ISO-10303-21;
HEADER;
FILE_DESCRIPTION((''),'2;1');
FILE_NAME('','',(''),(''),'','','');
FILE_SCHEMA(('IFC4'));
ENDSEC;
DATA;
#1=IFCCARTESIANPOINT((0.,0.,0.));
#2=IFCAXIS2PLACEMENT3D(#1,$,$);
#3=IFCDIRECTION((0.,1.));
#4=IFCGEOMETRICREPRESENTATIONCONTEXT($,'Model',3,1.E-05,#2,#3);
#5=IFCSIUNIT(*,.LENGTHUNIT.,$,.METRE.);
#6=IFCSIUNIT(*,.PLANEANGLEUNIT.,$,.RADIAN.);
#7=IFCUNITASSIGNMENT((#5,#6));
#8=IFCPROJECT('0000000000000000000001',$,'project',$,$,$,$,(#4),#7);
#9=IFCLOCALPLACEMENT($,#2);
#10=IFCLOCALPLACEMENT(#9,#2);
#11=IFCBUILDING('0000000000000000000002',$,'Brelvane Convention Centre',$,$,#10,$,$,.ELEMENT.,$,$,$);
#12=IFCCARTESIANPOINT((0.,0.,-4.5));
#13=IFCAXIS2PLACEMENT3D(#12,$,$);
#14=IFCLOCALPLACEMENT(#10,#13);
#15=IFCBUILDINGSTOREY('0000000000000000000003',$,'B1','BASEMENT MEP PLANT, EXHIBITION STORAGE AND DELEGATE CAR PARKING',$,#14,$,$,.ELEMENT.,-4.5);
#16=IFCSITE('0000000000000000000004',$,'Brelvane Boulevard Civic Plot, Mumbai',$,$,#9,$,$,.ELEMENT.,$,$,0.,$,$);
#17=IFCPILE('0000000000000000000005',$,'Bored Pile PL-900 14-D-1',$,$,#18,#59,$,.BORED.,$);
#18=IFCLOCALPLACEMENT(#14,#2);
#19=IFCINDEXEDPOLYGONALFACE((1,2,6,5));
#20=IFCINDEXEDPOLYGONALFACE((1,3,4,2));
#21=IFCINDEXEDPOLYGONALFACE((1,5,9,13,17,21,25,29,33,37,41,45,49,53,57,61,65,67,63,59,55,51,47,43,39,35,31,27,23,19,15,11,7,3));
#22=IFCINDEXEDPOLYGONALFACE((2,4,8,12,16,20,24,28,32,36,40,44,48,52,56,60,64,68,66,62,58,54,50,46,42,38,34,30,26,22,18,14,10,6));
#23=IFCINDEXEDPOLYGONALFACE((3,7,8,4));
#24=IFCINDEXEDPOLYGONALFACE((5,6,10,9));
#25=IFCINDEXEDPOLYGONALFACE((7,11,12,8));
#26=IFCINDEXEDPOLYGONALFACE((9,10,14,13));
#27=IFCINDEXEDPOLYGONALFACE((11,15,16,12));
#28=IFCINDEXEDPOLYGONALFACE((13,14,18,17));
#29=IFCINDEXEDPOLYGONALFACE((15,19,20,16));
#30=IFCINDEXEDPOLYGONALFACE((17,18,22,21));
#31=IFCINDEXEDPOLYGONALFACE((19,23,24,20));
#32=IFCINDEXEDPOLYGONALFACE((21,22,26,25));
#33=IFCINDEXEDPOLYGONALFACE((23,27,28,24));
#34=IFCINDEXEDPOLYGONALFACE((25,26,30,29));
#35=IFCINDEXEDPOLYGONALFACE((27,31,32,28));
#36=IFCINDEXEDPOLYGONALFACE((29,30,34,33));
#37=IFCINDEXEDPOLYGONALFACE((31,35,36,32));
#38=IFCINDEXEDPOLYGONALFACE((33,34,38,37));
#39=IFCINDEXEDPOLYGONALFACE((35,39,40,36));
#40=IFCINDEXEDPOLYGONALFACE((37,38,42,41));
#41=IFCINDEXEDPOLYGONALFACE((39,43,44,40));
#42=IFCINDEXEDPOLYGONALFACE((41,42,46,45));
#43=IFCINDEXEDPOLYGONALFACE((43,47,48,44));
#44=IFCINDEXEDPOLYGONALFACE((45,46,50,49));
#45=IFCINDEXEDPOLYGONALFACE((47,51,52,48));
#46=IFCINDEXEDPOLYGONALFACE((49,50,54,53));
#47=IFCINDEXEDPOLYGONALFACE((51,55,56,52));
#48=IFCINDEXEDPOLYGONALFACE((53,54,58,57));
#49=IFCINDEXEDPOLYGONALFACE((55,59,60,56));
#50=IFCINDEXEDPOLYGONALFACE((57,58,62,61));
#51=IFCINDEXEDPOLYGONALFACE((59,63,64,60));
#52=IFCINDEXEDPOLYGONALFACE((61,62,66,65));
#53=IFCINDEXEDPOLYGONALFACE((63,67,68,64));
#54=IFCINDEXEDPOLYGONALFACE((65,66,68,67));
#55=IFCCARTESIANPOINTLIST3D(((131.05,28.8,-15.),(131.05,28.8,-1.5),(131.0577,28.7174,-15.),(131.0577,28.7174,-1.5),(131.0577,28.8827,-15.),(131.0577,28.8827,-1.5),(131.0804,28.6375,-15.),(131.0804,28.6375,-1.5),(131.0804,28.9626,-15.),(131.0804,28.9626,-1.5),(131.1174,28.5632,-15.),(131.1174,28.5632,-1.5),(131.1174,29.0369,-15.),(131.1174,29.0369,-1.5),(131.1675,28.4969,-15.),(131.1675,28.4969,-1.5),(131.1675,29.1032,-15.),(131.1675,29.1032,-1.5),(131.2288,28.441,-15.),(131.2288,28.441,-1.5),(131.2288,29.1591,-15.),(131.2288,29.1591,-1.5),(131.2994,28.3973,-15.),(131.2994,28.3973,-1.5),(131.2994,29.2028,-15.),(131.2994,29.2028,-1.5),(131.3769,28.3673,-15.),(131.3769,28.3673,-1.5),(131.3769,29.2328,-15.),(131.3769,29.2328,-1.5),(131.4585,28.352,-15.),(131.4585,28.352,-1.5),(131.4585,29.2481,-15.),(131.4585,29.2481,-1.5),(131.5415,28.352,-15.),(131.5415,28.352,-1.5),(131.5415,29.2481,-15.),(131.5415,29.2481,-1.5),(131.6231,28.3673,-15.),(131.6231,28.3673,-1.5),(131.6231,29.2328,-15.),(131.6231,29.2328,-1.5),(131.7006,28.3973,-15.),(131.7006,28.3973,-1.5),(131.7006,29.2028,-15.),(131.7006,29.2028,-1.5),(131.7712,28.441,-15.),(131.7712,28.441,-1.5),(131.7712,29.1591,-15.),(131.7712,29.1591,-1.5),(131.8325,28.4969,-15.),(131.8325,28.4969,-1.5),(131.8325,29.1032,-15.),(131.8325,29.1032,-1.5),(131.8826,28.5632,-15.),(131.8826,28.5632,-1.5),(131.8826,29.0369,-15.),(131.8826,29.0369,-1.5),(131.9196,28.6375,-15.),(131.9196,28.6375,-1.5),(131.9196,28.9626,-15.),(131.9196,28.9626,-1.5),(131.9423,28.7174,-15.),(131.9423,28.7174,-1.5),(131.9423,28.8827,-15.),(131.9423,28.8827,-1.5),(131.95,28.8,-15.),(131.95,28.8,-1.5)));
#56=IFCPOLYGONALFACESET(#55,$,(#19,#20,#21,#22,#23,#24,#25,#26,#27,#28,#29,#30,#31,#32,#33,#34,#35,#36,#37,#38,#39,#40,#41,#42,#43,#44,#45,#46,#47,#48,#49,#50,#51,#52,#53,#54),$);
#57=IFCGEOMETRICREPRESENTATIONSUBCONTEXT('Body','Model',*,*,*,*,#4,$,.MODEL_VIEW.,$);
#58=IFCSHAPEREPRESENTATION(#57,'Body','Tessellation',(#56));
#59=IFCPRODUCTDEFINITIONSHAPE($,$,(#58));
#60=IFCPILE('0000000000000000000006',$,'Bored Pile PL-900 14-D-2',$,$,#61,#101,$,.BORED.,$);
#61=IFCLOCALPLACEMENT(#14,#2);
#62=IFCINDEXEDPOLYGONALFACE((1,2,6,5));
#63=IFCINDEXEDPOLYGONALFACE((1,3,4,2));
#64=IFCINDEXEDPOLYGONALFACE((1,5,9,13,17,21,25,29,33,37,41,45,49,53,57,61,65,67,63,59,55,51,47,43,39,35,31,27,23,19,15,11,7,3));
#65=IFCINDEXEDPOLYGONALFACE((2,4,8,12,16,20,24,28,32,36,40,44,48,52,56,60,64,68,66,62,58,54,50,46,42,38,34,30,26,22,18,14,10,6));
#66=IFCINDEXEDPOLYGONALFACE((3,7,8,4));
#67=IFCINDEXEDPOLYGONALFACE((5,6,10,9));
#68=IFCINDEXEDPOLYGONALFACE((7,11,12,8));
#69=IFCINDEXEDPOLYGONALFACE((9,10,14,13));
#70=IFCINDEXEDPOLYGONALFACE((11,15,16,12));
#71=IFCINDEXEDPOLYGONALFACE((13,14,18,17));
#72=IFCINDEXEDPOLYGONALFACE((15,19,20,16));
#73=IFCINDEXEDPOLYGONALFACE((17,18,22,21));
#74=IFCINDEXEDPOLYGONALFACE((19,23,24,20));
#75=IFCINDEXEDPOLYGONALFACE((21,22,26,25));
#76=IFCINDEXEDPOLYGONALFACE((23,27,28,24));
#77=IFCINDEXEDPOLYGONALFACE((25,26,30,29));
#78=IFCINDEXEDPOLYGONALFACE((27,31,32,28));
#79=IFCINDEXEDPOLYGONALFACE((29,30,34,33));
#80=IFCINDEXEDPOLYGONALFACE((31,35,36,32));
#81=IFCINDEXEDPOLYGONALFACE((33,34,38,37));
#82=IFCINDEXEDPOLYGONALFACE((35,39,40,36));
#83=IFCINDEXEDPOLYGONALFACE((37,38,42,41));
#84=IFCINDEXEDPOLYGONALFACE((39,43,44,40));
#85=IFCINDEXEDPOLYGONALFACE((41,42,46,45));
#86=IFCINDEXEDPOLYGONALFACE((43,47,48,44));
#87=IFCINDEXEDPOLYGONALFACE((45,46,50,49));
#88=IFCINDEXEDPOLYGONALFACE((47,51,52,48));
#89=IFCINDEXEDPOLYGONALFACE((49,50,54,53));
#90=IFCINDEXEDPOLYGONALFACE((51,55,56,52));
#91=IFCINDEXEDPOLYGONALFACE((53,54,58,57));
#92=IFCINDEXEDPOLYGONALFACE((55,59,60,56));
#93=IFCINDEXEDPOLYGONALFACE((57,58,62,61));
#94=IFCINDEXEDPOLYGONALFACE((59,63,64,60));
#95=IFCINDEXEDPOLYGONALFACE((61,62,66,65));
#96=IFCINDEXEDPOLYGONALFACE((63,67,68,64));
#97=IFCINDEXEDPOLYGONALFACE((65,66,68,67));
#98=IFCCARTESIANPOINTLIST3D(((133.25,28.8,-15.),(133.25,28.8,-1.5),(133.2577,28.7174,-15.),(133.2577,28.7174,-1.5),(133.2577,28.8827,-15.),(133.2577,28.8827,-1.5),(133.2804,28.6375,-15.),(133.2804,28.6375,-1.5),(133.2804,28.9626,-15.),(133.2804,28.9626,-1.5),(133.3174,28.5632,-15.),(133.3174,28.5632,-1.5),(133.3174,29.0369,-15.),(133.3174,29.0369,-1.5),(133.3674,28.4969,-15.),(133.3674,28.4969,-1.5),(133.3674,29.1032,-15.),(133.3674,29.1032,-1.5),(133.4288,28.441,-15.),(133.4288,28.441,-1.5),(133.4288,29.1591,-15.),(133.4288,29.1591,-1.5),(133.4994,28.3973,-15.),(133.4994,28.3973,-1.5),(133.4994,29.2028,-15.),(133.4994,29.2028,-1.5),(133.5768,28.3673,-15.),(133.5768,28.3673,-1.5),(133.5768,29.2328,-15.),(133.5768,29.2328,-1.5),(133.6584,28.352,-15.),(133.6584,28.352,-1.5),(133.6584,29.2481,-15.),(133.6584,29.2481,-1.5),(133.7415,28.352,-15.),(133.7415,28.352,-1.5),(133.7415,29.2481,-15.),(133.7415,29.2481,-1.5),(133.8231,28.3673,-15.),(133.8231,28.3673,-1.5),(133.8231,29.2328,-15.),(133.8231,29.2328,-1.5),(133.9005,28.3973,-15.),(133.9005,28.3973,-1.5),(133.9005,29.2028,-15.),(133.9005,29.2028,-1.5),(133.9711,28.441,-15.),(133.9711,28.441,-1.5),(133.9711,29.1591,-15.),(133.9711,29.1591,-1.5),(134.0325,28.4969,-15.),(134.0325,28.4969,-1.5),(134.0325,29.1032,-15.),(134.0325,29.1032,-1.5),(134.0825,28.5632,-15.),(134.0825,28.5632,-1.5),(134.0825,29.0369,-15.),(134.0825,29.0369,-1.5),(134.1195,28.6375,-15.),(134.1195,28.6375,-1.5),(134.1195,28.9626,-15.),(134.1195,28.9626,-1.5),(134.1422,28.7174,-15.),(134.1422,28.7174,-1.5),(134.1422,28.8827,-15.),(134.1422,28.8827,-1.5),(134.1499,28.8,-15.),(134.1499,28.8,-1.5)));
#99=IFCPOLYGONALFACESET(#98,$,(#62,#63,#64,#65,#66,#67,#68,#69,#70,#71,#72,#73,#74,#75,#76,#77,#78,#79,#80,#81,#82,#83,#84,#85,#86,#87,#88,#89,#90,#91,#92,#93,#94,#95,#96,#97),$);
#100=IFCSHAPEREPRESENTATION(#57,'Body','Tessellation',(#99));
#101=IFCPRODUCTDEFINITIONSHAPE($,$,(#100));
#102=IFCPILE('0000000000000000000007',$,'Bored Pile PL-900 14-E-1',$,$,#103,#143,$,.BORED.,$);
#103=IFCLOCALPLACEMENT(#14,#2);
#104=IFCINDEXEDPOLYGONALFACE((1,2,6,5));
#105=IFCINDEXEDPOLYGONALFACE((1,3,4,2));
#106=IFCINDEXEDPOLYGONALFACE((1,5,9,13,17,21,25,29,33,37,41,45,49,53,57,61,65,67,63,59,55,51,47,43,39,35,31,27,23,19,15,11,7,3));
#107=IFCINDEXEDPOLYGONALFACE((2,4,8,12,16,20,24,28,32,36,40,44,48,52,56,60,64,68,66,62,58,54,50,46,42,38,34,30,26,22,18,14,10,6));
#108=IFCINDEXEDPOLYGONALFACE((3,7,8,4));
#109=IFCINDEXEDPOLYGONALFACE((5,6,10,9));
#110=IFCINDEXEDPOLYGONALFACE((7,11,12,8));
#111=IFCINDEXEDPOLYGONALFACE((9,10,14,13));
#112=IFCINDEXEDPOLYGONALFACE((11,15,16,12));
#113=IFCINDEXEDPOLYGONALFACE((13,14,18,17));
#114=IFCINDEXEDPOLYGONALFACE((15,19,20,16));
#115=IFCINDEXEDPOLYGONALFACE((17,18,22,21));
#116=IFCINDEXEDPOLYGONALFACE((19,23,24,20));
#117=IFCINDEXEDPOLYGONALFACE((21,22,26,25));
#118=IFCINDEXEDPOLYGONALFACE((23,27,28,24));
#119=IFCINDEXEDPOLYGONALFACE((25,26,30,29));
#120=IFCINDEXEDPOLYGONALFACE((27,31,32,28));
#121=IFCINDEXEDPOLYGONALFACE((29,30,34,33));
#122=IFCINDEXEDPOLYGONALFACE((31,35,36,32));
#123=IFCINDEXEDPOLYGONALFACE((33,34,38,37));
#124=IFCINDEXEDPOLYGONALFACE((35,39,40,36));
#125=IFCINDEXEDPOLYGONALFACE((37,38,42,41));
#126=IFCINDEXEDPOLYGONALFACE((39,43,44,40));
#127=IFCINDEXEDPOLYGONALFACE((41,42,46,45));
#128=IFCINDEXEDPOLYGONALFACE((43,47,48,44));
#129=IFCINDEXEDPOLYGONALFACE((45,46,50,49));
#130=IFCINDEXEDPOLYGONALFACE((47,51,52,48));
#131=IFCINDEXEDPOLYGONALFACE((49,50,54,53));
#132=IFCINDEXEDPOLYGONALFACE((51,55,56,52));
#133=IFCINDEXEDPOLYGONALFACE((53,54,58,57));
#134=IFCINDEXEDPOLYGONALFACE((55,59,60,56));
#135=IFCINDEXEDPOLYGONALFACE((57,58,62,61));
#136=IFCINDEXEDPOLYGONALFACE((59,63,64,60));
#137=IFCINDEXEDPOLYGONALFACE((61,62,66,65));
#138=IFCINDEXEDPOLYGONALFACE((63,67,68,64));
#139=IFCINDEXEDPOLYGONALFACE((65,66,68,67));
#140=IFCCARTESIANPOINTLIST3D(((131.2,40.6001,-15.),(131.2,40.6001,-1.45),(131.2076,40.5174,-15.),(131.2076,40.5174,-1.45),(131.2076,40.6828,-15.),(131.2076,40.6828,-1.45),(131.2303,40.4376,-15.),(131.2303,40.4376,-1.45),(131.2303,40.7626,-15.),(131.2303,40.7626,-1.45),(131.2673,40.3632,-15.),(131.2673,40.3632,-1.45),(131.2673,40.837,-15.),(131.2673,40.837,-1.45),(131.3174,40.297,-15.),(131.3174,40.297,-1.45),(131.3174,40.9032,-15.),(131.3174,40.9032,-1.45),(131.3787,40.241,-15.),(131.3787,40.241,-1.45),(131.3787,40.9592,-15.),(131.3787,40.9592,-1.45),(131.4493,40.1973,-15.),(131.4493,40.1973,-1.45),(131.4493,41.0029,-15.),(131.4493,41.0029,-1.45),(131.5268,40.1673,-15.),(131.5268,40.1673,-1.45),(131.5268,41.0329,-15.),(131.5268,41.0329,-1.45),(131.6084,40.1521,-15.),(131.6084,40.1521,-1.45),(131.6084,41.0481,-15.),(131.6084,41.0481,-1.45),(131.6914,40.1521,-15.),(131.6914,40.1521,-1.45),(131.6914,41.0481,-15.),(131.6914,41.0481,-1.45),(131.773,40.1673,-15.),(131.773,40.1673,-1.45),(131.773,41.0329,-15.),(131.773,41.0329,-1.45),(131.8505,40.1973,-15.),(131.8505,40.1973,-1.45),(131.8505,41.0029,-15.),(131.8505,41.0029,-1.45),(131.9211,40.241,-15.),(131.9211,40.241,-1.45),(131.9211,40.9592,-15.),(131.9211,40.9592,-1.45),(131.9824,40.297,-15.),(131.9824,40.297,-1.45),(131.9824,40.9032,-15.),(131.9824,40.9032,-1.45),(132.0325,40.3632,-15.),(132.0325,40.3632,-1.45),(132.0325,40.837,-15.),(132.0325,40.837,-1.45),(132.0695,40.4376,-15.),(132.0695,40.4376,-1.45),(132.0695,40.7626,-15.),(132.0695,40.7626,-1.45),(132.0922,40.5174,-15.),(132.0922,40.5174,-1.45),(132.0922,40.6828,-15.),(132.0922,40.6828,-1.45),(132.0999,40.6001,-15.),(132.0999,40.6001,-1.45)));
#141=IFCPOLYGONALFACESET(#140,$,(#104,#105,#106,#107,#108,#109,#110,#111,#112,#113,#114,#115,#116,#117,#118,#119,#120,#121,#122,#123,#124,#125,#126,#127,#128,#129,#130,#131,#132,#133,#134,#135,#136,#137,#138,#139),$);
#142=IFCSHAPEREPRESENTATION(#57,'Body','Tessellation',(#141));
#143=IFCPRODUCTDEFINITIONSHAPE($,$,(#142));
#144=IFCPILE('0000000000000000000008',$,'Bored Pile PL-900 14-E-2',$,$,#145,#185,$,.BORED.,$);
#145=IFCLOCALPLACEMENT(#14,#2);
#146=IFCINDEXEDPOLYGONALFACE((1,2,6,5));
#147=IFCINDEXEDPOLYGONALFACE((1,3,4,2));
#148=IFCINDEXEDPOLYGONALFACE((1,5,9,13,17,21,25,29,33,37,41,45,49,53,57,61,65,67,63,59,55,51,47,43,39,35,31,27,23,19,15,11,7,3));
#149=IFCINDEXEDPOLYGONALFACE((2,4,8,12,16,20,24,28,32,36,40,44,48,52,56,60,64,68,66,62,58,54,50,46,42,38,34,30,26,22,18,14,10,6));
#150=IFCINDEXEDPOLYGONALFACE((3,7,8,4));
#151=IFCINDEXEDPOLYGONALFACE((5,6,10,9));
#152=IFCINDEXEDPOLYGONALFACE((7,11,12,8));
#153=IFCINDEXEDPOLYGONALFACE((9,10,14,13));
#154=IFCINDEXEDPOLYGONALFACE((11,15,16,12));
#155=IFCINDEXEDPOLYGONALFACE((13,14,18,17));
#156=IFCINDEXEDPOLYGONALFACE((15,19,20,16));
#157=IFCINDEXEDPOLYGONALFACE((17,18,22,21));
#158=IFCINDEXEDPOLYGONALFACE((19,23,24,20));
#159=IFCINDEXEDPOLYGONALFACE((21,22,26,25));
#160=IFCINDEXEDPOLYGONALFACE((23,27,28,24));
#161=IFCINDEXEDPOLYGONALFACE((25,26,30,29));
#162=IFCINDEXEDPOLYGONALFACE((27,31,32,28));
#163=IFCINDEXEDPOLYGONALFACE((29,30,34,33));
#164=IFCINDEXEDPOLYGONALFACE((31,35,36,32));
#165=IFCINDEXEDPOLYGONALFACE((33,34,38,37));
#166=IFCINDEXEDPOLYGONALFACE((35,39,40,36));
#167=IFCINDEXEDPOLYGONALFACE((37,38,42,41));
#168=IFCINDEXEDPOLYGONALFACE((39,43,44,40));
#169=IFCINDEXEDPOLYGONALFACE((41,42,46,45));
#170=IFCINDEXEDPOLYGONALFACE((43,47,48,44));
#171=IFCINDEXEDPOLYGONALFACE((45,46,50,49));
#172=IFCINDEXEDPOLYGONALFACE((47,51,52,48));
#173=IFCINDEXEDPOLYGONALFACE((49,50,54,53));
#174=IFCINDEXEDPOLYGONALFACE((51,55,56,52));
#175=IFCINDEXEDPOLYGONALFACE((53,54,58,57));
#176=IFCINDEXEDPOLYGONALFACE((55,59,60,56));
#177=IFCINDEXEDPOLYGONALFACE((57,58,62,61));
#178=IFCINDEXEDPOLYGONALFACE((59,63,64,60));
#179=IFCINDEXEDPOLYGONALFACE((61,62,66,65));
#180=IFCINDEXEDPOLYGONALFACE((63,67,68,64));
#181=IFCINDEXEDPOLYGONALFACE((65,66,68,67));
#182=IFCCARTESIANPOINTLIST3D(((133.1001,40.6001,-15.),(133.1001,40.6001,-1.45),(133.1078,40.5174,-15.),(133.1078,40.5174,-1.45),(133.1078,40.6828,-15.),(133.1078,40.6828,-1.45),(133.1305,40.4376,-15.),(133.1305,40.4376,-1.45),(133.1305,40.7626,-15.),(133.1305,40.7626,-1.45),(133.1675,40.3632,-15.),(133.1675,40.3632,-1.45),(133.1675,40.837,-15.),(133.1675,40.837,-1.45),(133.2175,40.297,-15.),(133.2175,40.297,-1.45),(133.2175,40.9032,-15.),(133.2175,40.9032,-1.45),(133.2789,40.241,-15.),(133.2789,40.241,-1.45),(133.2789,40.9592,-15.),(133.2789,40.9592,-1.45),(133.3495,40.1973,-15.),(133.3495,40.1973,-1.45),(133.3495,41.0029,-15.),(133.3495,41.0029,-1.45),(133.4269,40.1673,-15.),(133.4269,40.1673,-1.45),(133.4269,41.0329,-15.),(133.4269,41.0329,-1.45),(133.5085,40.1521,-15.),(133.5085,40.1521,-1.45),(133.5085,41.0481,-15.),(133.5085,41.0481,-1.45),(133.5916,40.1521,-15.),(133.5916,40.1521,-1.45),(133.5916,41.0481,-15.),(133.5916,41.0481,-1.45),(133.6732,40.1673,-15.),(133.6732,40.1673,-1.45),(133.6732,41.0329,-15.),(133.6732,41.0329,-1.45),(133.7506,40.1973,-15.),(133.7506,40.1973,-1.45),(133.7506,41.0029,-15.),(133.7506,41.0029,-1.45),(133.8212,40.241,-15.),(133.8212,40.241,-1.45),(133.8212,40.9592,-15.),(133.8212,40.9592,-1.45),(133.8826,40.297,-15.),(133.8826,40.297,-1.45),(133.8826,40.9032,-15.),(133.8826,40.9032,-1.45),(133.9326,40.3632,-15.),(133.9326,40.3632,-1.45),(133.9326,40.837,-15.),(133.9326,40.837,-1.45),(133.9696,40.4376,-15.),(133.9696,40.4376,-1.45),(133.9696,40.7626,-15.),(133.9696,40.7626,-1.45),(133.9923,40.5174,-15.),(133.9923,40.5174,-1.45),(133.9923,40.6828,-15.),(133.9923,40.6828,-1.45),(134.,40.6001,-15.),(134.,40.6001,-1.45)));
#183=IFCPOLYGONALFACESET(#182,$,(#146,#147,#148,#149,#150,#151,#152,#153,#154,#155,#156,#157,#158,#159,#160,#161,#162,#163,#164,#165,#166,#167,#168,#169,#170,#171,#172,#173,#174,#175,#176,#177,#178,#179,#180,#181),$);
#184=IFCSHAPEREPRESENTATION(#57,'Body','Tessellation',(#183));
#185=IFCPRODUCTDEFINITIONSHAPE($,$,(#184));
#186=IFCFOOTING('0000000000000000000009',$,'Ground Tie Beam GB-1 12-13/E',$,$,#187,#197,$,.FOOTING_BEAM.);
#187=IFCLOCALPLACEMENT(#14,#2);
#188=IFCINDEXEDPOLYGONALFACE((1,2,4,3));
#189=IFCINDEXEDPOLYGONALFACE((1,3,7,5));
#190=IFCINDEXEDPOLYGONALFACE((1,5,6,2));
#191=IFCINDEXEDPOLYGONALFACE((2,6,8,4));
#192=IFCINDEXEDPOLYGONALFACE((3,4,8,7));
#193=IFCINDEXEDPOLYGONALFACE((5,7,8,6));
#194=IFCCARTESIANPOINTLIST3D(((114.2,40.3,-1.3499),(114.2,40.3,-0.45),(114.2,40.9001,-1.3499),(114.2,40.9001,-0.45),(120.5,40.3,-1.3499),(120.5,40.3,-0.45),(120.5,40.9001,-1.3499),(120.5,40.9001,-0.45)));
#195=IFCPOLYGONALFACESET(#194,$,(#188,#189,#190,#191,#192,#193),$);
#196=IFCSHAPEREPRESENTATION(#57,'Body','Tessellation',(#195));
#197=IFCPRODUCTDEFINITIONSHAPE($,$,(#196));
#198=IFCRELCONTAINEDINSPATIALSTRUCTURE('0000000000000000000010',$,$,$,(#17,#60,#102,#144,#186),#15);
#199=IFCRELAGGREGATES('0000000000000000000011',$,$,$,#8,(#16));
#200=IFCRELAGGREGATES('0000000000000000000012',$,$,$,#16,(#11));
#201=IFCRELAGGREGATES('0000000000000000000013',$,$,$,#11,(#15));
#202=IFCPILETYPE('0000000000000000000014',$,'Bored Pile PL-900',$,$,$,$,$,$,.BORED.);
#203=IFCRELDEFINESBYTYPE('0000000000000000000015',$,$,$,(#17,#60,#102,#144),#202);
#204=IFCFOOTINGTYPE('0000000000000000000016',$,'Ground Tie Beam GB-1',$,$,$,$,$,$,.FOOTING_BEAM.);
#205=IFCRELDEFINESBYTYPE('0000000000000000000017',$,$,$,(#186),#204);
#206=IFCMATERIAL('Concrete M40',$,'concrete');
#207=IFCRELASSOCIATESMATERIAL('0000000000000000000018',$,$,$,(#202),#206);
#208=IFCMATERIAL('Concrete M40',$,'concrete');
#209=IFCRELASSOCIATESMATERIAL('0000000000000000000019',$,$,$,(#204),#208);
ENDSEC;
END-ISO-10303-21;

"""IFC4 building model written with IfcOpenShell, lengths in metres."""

from ifc_helpers import new_model, si_unit, direction, frame, origin, origin_2d, place, context, subcontext, project, spatial, rectangle, circle, extrude, material, material_profile, profile_set, type_object, element, save


model = new_model("IFC4")

# Units and contexts
model_context = context("Model", 3, precision=1e-05, world=origin(), true_north=direction((0.0, 1.0)))
body_context = subcontext(model_context, "Body", "Model", "MODEL_VIEW")
ifc_project = project(units=[si_unit("LENGTHUNIT", "METRE"), si_unit("PLANEANGLEUNIT", "RADIAN")], contexts=[model_context])

# Site, building, storey
site_placement = place(None, origin())
site = spatial("IfcSite", under=ifc_project, at=site_placement, Name="Brelvane Boulevard Civic Plot, Mumbai", CompositionType="ELEMENT", RefElevation=0.0)
building_placement = place(site_placement, origin())
building = spatial("IfcBuilding", under=site, at=building_placement, Name="Brelvane Convention Centre", CompositionType="ELEMENT")
storey_placement = place(building_placement, frame((0.0, 0.0, -4.5)))
storey = spatial("IfcBuildingStorey", under=building, at=storey_placement, Name="B1", Description="BASEMENT MEP PLANT, EXHIBITION STORAGE AND DELEGATE CAR PARKING", CompositionType="ELEMENT", Elevation=-4.5)

# Piles
ifc_material_1 = material(Name="Concrete M40", Category="concrete")
ifc_material_profile_1 = material_profile(ifc_material_1, circle(Radius=0.45, at=origin_2d()), Name="PILE D900")
ifc_profile_set_1 = profile_set([ifc_material_profile_1], Name="Concrete M40")
pile_type = type_object("IfcPileType", Name="Bored Pile PL-900", PredefinedType="BORED", material=ifc_profile_set_1)
for number, where, z_axis, x_axis, name in (
    (1, (131.5, 28.8, -1.5), (0.0, 0.0, -1.0), (1.0, 0.0, 0.0), "Bored Pile PL-900 14-D-1"),
    (2, (133.7, 28.8, -1.5), (0.0, 0.0, -1.0), (1.0, 0.0, 0.0), "Bored Pile PL-900 14-D-2"),
):
    element("IfcPile", number, at=place(storey_placement, frame(where, z_axis=z_axis, x_axis=x_axis)), inside=storey, type_object=pile_type, Name=name, PredefinedType="BORED", context=body_context, shape_type="SweptSolid", body=[
        extrude(circle(Radius=0.45, at=origin_2d()), origin(), (0.0, 0.0, 1.0), 13.5),
    ])
for number, where, z_axis, x_axis, name in (
    (3, (131.6499, 40.6001, -1.45), (0.0, 0.0, -1.0), (1.0, 0.0, 0.0), "Bored Pile PL-900 14-E-1"),
    (4, (133.55, 40.6001, -1.45), (0.0, 0.0, -1.0), (1.0, 0.0, 0.0), "Bored Pile PL-900 14-E-2"),
):
    element("IfcPile", number, at=place(storey_placement, frame(where, z_axis=z_axis, x_axis=x_axis)), inside=storey, type_object=pile_type, Name=name, PredefinedType="BORED", context=body_context, shape_type="SweptSolid", body=[
        extrude(circle(Radius=0.45, at=origin_2d()), origin(), (0.0, 0.0, 1.0), 13.55),
    ])

# Footing
ifc_material_2 = material(Name="Concrete M40", Category="concrete")
ifc_material_profile_2 = material_profile(ifc_material_2, rectangle(XDim=0.6001, YDim=0.8999, at=origin_2d()), Name="RC 600x900")
ifc_profile_set_2 = profile_set([ifc_material_profile_2], Name="Concrete M40")
footing_type_1 = type_object("IfcFootingType", Name="Ground Tie Beam GB-1", PredefinedType="FOOTING_BEAM", material=ifc_profile_set_2)
footing_1_placement = place(storey_placement, frame((114.2, 40.6001, -0.8999), z_axis=(1.0, 0.0, 0.0), x_axis=(0.0, 1.0, 0.0)))
element("IfcFooting", 5, at=footing_1_placement, inside=storey, type_object=footing_type_1, Name="Ground Tie Beam GB-1 12-13/E", PredefinedType="FOOTING_BEAM", context=body_context, shape_type="SweptSolid", body=[
    extrude(rectangle(XDim=0.6001, YDim=0.8999, at=origin_2d()), origin(), (0.0, 0.0, 1.0), 6.3),
])

save(model, "model.ifc")
